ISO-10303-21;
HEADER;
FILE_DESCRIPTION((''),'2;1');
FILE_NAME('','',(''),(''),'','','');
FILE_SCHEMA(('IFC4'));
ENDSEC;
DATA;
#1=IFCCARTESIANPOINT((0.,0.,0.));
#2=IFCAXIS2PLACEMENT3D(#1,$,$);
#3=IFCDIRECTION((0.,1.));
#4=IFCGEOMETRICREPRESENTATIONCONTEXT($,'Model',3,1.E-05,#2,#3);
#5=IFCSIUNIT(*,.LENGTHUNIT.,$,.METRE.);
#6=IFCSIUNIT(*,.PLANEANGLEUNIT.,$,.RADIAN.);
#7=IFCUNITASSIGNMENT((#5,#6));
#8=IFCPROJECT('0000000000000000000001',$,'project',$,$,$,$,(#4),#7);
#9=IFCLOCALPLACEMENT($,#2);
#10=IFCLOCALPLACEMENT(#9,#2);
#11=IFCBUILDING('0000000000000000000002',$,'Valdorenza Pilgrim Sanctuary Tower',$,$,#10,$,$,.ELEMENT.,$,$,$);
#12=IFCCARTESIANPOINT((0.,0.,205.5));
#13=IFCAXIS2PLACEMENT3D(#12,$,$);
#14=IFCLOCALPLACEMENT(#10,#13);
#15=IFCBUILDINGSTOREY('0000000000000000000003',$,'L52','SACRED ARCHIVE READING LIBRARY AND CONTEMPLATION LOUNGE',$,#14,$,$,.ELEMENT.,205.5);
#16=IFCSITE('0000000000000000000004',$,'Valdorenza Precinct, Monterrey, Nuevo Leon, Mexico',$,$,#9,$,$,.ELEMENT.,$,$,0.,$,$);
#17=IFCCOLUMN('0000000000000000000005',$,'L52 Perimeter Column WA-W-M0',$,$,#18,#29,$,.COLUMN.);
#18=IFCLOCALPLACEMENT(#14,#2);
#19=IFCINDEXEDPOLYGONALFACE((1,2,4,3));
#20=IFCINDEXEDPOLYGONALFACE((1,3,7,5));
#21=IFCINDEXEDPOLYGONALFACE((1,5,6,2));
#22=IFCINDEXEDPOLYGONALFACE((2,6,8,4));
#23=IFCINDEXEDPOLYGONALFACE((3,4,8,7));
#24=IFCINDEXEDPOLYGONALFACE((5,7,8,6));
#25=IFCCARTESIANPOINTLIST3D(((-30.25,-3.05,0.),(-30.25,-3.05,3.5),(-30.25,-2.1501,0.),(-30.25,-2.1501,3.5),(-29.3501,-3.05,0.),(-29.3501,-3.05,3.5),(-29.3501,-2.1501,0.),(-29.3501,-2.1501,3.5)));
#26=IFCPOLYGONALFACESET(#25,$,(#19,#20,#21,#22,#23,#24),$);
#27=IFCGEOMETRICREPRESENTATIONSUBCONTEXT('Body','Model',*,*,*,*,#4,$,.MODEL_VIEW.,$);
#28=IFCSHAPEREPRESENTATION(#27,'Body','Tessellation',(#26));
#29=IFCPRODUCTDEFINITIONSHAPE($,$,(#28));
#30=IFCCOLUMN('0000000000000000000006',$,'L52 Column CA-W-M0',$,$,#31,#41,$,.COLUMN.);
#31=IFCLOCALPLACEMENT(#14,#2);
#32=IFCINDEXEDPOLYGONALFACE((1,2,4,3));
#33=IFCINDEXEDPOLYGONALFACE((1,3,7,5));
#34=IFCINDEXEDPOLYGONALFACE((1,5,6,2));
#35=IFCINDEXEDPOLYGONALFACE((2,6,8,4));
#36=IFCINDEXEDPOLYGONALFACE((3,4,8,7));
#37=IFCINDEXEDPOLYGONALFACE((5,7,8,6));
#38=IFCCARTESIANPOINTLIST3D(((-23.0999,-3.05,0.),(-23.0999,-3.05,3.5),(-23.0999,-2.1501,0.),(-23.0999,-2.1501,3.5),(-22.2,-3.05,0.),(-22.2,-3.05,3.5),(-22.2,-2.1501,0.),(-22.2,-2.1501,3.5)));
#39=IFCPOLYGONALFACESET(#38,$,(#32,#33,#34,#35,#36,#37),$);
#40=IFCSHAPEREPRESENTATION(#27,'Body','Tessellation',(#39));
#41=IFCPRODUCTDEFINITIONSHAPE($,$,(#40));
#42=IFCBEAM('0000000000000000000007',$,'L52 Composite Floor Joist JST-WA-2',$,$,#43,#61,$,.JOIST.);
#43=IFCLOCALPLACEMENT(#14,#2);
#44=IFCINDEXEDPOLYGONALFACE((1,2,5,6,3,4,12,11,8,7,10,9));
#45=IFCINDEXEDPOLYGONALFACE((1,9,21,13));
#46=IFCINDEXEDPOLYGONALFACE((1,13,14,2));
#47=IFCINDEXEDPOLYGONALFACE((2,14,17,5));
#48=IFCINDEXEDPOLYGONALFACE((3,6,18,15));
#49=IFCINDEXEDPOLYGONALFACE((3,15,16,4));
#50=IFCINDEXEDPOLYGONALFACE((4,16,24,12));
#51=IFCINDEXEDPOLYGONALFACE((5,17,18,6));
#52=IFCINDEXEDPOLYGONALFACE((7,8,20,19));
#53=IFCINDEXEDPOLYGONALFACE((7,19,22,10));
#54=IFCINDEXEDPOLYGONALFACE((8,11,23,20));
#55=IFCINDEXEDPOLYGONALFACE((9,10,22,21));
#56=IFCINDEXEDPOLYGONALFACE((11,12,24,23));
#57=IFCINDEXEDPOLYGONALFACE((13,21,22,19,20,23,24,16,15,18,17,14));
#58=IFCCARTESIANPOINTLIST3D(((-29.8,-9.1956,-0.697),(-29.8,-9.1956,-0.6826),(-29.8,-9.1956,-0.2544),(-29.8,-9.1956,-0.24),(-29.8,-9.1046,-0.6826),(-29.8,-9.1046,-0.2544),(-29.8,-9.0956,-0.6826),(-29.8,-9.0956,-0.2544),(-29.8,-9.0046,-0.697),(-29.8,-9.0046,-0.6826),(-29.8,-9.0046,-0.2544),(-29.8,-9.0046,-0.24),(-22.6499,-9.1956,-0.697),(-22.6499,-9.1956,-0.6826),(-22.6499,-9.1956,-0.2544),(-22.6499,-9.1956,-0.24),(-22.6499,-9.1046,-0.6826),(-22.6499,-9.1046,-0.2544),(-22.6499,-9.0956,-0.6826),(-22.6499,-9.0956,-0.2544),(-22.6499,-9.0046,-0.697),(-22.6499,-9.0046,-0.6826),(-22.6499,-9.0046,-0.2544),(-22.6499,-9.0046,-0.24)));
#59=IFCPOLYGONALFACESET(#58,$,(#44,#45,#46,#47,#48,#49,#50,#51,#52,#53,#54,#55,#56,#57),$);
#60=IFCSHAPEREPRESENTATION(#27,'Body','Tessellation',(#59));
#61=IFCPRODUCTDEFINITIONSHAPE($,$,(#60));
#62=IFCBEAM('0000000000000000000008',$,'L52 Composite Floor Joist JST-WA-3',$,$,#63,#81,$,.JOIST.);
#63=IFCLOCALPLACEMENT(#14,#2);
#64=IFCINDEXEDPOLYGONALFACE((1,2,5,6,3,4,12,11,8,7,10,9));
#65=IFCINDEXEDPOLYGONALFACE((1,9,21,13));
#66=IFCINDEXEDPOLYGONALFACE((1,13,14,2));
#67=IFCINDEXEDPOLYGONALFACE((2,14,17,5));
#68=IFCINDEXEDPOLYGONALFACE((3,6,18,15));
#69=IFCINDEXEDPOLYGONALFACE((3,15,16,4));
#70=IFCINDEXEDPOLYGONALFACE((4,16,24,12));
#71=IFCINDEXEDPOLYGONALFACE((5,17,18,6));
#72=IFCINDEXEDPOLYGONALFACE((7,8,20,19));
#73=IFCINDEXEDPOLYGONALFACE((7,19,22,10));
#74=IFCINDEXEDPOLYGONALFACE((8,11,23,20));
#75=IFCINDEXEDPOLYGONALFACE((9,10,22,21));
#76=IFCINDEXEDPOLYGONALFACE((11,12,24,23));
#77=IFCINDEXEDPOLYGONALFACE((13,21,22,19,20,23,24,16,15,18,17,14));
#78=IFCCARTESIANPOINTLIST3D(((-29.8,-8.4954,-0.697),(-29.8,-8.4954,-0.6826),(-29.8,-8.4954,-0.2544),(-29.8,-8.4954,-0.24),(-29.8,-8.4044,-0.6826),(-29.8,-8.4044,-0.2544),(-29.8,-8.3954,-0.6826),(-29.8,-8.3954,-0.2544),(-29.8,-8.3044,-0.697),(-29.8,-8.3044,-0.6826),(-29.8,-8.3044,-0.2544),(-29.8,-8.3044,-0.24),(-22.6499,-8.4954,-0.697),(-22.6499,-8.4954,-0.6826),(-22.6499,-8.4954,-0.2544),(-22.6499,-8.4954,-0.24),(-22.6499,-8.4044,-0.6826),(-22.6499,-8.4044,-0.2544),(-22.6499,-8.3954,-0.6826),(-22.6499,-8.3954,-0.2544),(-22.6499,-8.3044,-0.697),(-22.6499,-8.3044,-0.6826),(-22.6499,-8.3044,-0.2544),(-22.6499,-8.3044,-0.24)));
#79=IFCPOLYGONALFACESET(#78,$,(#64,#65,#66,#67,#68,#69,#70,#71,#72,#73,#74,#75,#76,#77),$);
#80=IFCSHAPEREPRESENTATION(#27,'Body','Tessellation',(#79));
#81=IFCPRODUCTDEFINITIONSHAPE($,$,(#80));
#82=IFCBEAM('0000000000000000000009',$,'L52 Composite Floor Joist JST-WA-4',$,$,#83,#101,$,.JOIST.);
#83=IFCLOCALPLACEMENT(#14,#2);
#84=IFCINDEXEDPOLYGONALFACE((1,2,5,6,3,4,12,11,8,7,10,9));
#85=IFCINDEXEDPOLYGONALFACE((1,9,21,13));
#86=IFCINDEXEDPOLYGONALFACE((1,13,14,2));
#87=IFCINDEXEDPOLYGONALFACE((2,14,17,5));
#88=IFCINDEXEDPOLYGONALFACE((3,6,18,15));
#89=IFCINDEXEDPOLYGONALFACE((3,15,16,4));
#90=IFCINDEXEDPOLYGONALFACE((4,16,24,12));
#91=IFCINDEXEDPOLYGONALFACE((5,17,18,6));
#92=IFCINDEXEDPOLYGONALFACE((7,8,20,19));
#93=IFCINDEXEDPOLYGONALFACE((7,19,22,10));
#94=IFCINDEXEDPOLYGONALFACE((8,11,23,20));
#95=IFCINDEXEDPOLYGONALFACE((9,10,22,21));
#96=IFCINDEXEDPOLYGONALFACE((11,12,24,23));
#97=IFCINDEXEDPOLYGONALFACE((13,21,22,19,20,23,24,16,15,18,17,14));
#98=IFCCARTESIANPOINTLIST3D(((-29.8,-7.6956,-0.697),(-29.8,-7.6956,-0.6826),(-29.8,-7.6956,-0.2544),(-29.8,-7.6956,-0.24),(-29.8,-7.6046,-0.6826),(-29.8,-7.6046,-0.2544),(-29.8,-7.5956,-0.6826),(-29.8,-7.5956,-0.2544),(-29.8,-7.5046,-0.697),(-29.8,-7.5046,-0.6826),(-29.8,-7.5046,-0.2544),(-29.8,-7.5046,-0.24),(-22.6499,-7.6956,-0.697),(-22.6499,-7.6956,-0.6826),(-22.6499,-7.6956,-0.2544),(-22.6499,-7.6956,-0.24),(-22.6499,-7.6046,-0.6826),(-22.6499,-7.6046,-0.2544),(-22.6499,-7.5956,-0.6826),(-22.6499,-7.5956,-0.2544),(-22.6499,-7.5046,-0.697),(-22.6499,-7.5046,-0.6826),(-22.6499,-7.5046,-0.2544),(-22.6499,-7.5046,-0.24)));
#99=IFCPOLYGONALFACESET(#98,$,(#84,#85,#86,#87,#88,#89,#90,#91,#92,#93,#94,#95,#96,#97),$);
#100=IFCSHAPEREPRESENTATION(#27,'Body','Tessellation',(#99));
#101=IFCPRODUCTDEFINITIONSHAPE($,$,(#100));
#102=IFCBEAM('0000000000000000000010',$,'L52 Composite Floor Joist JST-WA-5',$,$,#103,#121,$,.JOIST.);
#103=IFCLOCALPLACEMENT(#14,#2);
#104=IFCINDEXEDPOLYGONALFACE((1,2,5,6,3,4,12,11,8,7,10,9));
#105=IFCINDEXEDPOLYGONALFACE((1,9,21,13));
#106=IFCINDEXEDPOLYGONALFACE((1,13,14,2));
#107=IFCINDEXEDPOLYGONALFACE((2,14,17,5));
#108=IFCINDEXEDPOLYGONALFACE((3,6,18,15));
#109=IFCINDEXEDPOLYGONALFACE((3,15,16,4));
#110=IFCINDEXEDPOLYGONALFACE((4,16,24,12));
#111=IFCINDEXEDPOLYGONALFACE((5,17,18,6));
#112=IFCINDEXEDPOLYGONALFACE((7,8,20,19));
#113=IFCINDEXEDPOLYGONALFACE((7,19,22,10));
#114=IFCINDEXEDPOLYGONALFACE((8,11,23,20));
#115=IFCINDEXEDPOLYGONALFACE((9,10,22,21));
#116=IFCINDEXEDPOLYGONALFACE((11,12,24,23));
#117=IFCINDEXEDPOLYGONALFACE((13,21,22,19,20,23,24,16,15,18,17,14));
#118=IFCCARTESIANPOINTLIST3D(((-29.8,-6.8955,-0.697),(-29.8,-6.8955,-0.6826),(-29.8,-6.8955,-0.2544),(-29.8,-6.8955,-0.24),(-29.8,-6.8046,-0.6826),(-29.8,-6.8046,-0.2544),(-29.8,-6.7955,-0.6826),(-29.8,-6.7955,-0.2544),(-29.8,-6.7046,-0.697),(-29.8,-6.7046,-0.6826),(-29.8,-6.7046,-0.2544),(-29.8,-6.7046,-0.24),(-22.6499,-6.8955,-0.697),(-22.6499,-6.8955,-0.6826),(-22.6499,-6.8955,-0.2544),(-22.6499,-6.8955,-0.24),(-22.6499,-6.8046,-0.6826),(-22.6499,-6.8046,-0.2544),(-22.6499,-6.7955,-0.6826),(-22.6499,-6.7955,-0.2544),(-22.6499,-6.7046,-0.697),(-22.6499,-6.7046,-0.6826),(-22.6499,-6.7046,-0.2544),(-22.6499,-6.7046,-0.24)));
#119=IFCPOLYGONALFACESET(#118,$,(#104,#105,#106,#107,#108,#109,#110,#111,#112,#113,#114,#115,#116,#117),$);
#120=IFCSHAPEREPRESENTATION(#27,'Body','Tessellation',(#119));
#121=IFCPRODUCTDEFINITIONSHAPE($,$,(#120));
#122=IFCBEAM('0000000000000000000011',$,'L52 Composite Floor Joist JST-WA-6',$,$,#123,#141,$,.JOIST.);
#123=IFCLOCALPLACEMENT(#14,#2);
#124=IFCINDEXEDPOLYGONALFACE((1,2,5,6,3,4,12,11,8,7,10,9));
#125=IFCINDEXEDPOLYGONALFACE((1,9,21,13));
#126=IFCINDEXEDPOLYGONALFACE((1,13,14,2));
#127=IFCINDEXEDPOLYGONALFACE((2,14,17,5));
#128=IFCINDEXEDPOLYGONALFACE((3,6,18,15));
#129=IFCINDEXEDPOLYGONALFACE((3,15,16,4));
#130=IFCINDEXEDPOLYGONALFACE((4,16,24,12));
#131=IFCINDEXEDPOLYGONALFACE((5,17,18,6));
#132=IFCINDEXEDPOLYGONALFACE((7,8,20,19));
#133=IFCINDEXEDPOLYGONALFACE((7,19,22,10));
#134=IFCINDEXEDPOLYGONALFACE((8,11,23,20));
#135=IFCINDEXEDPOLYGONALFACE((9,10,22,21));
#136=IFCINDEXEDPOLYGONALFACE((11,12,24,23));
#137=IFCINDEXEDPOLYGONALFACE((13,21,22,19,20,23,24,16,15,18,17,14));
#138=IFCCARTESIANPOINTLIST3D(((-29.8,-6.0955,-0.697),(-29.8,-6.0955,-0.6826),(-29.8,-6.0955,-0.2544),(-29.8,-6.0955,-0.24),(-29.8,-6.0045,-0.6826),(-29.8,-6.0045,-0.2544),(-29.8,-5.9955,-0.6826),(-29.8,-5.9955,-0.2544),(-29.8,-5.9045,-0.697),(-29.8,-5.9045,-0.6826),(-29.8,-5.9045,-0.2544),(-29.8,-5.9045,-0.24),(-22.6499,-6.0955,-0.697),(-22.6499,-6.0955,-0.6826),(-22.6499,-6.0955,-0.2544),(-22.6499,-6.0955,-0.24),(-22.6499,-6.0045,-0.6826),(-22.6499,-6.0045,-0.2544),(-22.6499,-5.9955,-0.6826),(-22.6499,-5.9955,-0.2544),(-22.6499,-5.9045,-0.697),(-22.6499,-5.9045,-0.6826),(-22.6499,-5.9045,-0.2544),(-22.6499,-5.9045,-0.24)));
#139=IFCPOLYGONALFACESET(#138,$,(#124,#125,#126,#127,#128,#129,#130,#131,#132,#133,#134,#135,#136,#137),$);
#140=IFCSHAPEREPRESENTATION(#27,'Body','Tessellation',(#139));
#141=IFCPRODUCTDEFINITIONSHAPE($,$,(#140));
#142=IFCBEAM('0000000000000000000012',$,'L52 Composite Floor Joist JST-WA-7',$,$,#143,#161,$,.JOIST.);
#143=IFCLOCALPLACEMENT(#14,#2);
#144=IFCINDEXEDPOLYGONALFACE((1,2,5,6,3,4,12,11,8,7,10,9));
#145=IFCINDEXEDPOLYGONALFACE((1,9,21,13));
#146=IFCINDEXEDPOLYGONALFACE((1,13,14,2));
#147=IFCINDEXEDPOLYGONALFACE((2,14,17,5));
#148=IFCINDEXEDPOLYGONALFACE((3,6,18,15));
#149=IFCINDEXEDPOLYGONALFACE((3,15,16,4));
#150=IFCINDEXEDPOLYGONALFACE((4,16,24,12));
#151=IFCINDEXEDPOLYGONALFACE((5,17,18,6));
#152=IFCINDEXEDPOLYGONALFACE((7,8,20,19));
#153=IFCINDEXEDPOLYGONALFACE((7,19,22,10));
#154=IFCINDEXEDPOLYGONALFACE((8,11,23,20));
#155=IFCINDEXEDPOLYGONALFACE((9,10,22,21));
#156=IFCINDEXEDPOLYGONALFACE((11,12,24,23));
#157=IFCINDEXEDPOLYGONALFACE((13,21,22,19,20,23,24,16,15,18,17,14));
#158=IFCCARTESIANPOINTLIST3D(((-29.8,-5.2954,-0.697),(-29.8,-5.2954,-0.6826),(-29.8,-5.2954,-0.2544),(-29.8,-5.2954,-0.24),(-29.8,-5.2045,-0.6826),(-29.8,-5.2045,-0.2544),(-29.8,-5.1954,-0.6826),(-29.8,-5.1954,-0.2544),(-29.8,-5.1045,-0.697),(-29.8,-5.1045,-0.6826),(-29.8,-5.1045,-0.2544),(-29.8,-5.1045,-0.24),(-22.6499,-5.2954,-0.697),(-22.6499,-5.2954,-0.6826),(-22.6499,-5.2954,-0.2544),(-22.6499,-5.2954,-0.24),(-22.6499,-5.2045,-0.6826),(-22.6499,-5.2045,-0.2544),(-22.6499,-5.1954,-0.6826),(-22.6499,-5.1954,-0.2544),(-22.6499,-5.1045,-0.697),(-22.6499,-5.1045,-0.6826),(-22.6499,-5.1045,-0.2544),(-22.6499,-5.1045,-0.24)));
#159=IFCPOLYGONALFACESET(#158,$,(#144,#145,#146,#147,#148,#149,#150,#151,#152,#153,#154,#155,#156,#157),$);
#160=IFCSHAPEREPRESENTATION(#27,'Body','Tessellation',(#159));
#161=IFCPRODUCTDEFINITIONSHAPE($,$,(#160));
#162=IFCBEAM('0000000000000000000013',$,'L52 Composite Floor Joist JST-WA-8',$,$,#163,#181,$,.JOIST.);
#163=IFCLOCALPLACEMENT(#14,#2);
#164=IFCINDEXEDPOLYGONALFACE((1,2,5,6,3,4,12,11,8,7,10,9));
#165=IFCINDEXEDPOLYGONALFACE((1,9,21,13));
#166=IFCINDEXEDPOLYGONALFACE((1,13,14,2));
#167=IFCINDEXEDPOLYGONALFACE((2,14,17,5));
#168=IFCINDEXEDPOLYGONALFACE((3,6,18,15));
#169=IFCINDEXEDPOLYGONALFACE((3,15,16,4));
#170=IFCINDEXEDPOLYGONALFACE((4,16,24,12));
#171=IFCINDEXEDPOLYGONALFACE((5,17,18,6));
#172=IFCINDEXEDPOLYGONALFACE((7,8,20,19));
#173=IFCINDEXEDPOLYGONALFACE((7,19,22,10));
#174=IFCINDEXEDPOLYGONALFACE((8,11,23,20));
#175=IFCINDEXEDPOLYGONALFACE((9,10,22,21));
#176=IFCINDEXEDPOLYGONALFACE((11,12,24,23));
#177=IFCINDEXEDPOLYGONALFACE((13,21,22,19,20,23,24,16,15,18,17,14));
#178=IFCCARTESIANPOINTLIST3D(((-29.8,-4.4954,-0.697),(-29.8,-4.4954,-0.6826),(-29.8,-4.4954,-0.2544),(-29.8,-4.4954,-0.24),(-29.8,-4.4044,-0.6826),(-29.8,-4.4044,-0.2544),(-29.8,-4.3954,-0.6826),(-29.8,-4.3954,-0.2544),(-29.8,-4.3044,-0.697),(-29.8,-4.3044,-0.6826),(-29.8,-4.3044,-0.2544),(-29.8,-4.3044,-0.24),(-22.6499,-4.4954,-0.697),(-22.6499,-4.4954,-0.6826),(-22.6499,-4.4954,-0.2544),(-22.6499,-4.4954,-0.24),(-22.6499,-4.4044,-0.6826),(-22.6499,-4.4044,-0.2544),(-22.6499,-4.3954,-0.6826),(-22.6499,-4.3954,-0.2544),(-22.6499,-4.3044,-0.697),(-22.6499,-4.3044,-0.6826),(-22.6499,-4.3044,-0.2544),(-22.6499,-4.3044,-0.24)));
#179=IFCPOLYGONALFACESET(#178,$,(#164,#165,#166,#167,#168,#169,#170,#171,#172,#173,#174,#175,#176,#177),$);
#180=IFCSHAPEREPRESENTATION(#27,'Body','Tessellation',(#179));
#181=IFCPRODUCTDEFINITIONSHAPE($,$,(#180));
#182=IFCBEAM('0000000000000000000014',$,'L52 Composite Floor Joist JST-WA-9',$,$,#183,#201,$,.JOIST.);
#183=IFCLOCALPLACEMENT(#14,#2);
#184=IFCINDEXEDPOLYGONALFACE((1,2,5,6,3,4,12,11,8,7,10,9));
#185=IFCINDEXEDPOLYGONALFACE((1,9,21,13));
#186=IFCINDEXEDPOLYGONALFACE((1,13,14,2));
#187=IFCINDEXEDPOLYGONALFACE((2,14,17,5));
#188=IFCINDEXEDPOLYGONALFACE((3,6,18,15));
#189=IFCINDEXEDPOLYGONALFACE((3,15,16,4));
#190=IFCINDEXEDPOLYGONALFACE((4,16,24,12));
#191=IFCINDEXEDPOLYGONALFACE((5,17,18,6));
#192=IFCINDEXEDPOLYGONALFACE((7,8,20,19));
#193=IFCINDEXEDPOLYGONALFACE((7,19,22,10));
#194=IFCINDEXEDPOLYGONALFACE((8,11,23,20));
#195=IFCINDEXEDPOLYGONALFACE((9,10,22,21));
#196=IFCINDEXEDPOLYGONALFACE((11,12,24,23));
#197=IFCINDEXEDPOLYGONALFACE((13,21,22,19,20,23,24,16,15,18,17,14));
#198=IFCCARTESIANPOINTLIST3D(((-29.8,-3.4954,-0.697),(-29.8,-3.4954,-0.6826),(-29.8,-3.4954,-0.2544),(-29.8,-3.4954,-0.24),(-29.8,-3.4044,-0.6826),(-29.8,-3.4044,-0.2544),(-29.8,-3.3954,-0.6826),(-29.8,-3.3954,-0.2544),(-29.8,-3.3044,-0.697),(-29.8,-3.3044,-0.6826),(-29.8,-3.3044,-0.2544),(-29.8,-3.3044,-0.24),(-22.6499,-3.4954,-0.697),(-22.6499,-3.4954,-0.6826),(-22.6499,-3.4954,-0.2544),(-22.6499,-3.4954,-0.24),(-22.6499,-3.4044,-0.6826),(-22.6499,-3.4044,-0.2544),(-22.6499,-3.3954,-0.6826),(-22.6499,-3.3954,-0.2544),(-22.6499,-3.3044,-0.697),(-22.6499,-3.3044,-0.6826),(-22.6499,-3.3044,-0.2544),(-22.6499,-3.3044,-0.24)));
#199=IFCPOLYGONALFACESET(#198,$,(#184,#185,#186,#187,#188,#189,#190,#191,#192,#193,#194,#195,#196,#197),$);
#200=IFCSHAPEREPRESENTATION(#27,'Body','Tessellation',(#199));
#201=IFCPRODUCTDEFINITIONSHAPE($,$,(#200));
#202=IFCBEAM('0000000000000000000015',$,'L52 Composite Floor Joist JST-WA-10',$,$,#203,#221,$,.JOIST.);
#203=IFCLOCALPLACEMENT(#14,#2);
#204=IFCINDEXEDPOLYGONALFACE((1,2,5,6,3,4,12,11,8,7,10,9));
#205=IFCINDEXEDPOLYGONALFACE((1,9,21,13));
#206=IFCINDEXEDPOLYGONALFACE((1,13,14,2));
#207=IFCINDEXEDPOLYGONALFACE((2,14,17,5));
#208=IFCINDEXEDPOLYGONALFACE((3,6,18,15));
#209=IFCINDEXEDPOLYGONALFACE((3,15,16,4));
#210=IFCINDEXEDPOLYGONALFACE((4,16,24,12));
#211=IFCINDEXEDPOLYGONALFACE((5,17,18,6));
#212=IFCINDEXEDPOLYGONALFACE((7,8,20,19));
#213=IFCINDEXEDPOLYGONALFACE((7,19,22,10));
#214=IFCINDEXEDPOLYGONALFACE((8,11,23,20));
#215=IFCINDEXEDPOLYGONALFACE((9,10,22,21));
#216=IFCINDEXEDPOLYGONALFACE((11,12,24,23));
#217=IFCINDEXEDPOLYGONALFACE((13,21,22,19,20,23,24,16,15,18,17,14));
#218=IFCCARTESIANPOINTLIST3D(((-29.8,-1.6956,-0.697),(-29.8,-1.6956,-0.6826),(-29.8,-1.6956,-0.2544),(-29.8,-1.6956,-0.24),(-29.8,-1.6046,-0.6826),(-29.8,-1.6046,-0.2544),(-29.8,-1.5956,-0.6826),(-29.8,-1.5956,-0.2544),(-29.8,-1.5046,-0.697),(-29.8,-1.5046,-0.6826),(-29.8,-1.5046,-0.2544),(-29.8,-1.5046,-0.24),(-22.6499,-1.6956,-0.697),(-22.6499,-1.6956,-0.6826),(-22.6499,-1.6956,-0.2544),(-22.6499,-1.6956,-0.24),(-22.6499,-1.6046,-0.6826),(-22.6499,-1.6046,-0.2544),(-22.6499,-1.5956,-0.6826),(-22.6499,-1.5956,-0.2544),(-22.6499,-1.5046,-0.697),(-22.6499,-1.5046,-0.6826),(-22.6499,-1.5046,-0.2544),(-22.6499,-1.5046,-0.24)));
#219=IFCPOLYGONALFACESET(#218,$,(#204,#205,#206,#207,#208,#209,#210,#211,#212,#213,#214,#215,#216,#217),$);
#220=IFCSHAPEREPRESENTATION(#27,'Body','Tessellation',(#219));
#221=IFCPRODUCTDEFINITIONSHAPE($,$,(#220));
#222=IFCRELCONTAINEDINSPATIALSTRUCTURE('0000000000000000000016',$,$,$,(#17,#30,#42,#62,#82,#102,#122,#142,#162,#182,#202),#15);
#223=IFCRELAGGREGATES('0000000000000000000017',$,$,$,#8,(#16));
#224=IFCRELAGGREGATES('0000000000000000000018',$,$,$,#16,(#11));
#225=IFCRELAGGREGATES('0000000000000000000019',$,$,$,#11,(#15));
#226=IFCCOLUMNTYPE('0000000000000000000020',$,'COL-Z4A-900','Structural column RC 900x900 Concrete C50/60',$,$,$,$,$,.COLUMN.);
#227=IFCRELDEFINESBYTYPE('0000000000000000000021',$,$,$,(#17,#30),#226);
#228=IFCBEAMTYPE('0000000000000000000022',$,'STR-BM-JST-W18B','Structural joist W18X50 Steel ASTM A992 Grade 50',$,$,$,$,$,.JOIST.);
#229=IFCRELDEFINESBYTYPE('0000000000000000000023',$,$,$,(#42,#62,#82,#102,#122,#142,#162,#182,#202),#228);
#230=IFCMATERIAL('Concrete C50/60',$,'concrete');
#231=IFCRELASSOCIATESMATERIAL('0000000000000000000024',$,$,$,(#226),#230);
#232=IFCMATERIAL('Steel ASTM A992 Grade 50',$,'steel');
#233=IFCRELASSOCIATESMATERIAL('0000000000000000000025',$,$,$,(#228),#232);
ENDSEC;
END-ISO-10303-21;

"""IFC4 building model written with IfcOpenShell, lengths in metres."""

from ifc_helpers import new_model, si_unit, direction, frame, origin, origin_2d, place, context, subcontext, project, spatial, rectangle, i_section, extrude, source, transform, mapped, material, material_profile, profile_set, type_object, element, save


model = new_model("IFC4")

# Units and contexts
model_context = context("Model", 3, precision=1e-05, world=origin(), true_north=direction((0.0, 1.0)))
body_context = subcontext(model_context, "Body", "Model", "MODEL_VIEW")
ifc_project = project(units=[si_unit("LENGTHUNIT", "METRE"), si_unit("PLANEANGLEUNIT", "RADIAN")], contexts=[model_context])

# Site, building, storey
site_placement = place(None, origin())
site = spatial("IfcSite", under=ifc_project, at=site_placement, Name="Valdorenza Precinct, Monterrey, Nuevo Leon, Mexico", CompositionType="ELEMENT", RefElevation=0.0)
building_placement = place(site_placement, origin())
building = spatial("IfcBuilding", under=site, at=building_placement, Name="Valdorenza Pilgrim Sanctuary Tower", CompositionType="ELEMENT")
storey_placement = place(building_placement, frame((0.0, 0.0, 205.5)))
storey = spatial("IfcBuildingStorey", under=building, at=storey_placement, Name="L52", Description="SACRED ARCHIVE READING LIBRARY AND CONTEMPLATION LOUNGE", CompositionType="ELEMENT", Elevation=205.5)

# Columns
ifc_material_1 = material(Name="Concrete C50/60", Category="concrete")
ifc_material_profile_1 = material_profile(ifc_material_1, rectangle(XDim=0.8999, YDim=0.8999, at=origin_2d()), Name="RC 900x900")
ifc_profile_set_1 = profile_set([ifc_material_profile_1], Name="Concrete C50/60")
column_type = type_object("IfcColumnType", Name="COL-Z4A-900", Description="Structural column RC 900x900 Concrete C50/60", PredefinedType="COLUMN", material=ifc_profile_set_1)
shared_shape_1 = source(origin(), body_context, "Body", "SweptSolid", [
    extrude(rectangle(XDim=0.8999, YDim=0.8999, at=origin_2d()), origin(), (0.0, 0.0, 1.0), 3.5),
])
for number, where, z_axis, x_axis, name in (
    (1, (-29.8, -2.6001, 0.0), (0.0, 0.0, 1.0), (1.0, 0.0, 0.0), "L52 Perimeter Column WA-W-M0"),
    (2, (-22.6499, -2.6001, 0.0), (0.0, 0.0, 1.0), (1.0, 0.0, 0.0), "L52 Column CA-W-M0"),
):
    element("IfcColumn", number, at=place(storey_placement, frame(where, z_axis=z_axis, x_axis=x_axis)), inside=storey, type_object=column_type, Name=name, PredefinedType="COLUMN", context=body_context, shape_type="MappedRepresentation", body=[
        mapped(shared_shape_1, transform((0.0, 0.0, 0.0), x_axis=(1.0, 0.0, 0.0), y_axis=(0.0, 1.0, 0.0), z_axis=(0.0, 0.0, 1.0), scale=1.0)),
    ])

# Beams
ifc_material_2 = material(Name="Steel ASTM A992 Grade 50", Category="steel")
ifc_material_profile_2 = material_profile(ifc_material_2, i_section(OverallWidth=0.1909, OverallDepth=0.457, WebThickness=0.009, FlangeThickness=0.0144, at=origin_2d()), Name="W18X50")
ifc_profile_set_2 = profile_set([ifc_material_profile_2], Name="Steel ASTM A992 Grade 50")
beam_type_1 = type_object("IfcBeamType", Name="STR-BM-JST-W18B", Description="Structural joist W18X50 Steel ASTM A992 Grade 50", PredefinedType="JOIST", material=ifc_profile_set_2)
shared_shape_2 = source(origin(), body_context, "Body", "SweptSolid", [
    extrude(i_section(OverallWidth=0.1909, OverallDepth=0.457, WebThickness=0.009, FlangeThickness=0.0144, at=origin_2d()), origin(), (0.0, 0.0, 1.0), 7.1501),
])
for number, where, z_axis, x_axis, name in (
    (3, (-29.8, -9.1001, -0.4685), (1.0, 0.0, 0.0), (0.0, 1.0, 0.0), "L52 Composite Floor Joist JST-WA-2"),
    (4, (-29.8, -8.3999, -0.4685), (1.0, 0.0, 0.0), (0.0, 1.0, 0.0), "L52 Composite Floor Joist JST-WA-3"),
    (5, (-29.8, -7.6001, -0.4685), (1.0, 0.0, 0.0), (0.0, 1.0, 0.0), "L52 Composite Floor Joist JST-WA-4"),
    (6, (-29.8, -6.8, -0.4685), (1.0, 0.0, 0.0), (0.0, 1.0, 0.0), "L52 Composite Floor Joist JST-WA-5"),
    (7, (-29.8, -6.0, -0.4685), (1.0, 0.0, 0.0), (0.0, 1.0, 0.0), "L52 Composite Floor Joist JST-WA-6"),
    (8, (-29.8, -5.2, -0.4685), (1.0, 0.0, 0.0), (0.0, 1.0, 0.0), "L52 Composite Floor Joist JST-WA-7"),
    (9, (-29.8, -4.3999, -0.4685), (1.0, 0.0, 0.0), (0.0, 1.0, 0.0), "L52 Composite Floor Joist JST-WA-8"),
    (10, (-29.8, -3.3999, -0.4685), (1.0, 0.0, 0.0), (0.0, 1.0, 0.0), "L52 Composite Floor Joist JST-WA-9"),
    (11, (-29.8, -1.6001, -0.4685), (1.0, 0.0, 0.0), (0.0, 1.0, 0.0), "L52 Composite Floor Joist JST-WA-10"),
):
    element("IfcBeam", number, at=place(storey_placement, frame(where, z_axis=z_axis, x_axis=x_axis)), inside=storey, type_object=beam_type_1, Name=name, PredefinedType="JOIST", context=body_context, shape_type="MappedRepresentation", body=[
        mapped(shared_shape_2, transform((0.0, 0.0, 0.0), x_axis=(1.0, 0.0, 0.0), y_axis=(0.0, 1.0, 0.0), z_axis=(0.0, 0.0, 1.0), scale=1.0)),
    ])

save(model, "model.ifc")
